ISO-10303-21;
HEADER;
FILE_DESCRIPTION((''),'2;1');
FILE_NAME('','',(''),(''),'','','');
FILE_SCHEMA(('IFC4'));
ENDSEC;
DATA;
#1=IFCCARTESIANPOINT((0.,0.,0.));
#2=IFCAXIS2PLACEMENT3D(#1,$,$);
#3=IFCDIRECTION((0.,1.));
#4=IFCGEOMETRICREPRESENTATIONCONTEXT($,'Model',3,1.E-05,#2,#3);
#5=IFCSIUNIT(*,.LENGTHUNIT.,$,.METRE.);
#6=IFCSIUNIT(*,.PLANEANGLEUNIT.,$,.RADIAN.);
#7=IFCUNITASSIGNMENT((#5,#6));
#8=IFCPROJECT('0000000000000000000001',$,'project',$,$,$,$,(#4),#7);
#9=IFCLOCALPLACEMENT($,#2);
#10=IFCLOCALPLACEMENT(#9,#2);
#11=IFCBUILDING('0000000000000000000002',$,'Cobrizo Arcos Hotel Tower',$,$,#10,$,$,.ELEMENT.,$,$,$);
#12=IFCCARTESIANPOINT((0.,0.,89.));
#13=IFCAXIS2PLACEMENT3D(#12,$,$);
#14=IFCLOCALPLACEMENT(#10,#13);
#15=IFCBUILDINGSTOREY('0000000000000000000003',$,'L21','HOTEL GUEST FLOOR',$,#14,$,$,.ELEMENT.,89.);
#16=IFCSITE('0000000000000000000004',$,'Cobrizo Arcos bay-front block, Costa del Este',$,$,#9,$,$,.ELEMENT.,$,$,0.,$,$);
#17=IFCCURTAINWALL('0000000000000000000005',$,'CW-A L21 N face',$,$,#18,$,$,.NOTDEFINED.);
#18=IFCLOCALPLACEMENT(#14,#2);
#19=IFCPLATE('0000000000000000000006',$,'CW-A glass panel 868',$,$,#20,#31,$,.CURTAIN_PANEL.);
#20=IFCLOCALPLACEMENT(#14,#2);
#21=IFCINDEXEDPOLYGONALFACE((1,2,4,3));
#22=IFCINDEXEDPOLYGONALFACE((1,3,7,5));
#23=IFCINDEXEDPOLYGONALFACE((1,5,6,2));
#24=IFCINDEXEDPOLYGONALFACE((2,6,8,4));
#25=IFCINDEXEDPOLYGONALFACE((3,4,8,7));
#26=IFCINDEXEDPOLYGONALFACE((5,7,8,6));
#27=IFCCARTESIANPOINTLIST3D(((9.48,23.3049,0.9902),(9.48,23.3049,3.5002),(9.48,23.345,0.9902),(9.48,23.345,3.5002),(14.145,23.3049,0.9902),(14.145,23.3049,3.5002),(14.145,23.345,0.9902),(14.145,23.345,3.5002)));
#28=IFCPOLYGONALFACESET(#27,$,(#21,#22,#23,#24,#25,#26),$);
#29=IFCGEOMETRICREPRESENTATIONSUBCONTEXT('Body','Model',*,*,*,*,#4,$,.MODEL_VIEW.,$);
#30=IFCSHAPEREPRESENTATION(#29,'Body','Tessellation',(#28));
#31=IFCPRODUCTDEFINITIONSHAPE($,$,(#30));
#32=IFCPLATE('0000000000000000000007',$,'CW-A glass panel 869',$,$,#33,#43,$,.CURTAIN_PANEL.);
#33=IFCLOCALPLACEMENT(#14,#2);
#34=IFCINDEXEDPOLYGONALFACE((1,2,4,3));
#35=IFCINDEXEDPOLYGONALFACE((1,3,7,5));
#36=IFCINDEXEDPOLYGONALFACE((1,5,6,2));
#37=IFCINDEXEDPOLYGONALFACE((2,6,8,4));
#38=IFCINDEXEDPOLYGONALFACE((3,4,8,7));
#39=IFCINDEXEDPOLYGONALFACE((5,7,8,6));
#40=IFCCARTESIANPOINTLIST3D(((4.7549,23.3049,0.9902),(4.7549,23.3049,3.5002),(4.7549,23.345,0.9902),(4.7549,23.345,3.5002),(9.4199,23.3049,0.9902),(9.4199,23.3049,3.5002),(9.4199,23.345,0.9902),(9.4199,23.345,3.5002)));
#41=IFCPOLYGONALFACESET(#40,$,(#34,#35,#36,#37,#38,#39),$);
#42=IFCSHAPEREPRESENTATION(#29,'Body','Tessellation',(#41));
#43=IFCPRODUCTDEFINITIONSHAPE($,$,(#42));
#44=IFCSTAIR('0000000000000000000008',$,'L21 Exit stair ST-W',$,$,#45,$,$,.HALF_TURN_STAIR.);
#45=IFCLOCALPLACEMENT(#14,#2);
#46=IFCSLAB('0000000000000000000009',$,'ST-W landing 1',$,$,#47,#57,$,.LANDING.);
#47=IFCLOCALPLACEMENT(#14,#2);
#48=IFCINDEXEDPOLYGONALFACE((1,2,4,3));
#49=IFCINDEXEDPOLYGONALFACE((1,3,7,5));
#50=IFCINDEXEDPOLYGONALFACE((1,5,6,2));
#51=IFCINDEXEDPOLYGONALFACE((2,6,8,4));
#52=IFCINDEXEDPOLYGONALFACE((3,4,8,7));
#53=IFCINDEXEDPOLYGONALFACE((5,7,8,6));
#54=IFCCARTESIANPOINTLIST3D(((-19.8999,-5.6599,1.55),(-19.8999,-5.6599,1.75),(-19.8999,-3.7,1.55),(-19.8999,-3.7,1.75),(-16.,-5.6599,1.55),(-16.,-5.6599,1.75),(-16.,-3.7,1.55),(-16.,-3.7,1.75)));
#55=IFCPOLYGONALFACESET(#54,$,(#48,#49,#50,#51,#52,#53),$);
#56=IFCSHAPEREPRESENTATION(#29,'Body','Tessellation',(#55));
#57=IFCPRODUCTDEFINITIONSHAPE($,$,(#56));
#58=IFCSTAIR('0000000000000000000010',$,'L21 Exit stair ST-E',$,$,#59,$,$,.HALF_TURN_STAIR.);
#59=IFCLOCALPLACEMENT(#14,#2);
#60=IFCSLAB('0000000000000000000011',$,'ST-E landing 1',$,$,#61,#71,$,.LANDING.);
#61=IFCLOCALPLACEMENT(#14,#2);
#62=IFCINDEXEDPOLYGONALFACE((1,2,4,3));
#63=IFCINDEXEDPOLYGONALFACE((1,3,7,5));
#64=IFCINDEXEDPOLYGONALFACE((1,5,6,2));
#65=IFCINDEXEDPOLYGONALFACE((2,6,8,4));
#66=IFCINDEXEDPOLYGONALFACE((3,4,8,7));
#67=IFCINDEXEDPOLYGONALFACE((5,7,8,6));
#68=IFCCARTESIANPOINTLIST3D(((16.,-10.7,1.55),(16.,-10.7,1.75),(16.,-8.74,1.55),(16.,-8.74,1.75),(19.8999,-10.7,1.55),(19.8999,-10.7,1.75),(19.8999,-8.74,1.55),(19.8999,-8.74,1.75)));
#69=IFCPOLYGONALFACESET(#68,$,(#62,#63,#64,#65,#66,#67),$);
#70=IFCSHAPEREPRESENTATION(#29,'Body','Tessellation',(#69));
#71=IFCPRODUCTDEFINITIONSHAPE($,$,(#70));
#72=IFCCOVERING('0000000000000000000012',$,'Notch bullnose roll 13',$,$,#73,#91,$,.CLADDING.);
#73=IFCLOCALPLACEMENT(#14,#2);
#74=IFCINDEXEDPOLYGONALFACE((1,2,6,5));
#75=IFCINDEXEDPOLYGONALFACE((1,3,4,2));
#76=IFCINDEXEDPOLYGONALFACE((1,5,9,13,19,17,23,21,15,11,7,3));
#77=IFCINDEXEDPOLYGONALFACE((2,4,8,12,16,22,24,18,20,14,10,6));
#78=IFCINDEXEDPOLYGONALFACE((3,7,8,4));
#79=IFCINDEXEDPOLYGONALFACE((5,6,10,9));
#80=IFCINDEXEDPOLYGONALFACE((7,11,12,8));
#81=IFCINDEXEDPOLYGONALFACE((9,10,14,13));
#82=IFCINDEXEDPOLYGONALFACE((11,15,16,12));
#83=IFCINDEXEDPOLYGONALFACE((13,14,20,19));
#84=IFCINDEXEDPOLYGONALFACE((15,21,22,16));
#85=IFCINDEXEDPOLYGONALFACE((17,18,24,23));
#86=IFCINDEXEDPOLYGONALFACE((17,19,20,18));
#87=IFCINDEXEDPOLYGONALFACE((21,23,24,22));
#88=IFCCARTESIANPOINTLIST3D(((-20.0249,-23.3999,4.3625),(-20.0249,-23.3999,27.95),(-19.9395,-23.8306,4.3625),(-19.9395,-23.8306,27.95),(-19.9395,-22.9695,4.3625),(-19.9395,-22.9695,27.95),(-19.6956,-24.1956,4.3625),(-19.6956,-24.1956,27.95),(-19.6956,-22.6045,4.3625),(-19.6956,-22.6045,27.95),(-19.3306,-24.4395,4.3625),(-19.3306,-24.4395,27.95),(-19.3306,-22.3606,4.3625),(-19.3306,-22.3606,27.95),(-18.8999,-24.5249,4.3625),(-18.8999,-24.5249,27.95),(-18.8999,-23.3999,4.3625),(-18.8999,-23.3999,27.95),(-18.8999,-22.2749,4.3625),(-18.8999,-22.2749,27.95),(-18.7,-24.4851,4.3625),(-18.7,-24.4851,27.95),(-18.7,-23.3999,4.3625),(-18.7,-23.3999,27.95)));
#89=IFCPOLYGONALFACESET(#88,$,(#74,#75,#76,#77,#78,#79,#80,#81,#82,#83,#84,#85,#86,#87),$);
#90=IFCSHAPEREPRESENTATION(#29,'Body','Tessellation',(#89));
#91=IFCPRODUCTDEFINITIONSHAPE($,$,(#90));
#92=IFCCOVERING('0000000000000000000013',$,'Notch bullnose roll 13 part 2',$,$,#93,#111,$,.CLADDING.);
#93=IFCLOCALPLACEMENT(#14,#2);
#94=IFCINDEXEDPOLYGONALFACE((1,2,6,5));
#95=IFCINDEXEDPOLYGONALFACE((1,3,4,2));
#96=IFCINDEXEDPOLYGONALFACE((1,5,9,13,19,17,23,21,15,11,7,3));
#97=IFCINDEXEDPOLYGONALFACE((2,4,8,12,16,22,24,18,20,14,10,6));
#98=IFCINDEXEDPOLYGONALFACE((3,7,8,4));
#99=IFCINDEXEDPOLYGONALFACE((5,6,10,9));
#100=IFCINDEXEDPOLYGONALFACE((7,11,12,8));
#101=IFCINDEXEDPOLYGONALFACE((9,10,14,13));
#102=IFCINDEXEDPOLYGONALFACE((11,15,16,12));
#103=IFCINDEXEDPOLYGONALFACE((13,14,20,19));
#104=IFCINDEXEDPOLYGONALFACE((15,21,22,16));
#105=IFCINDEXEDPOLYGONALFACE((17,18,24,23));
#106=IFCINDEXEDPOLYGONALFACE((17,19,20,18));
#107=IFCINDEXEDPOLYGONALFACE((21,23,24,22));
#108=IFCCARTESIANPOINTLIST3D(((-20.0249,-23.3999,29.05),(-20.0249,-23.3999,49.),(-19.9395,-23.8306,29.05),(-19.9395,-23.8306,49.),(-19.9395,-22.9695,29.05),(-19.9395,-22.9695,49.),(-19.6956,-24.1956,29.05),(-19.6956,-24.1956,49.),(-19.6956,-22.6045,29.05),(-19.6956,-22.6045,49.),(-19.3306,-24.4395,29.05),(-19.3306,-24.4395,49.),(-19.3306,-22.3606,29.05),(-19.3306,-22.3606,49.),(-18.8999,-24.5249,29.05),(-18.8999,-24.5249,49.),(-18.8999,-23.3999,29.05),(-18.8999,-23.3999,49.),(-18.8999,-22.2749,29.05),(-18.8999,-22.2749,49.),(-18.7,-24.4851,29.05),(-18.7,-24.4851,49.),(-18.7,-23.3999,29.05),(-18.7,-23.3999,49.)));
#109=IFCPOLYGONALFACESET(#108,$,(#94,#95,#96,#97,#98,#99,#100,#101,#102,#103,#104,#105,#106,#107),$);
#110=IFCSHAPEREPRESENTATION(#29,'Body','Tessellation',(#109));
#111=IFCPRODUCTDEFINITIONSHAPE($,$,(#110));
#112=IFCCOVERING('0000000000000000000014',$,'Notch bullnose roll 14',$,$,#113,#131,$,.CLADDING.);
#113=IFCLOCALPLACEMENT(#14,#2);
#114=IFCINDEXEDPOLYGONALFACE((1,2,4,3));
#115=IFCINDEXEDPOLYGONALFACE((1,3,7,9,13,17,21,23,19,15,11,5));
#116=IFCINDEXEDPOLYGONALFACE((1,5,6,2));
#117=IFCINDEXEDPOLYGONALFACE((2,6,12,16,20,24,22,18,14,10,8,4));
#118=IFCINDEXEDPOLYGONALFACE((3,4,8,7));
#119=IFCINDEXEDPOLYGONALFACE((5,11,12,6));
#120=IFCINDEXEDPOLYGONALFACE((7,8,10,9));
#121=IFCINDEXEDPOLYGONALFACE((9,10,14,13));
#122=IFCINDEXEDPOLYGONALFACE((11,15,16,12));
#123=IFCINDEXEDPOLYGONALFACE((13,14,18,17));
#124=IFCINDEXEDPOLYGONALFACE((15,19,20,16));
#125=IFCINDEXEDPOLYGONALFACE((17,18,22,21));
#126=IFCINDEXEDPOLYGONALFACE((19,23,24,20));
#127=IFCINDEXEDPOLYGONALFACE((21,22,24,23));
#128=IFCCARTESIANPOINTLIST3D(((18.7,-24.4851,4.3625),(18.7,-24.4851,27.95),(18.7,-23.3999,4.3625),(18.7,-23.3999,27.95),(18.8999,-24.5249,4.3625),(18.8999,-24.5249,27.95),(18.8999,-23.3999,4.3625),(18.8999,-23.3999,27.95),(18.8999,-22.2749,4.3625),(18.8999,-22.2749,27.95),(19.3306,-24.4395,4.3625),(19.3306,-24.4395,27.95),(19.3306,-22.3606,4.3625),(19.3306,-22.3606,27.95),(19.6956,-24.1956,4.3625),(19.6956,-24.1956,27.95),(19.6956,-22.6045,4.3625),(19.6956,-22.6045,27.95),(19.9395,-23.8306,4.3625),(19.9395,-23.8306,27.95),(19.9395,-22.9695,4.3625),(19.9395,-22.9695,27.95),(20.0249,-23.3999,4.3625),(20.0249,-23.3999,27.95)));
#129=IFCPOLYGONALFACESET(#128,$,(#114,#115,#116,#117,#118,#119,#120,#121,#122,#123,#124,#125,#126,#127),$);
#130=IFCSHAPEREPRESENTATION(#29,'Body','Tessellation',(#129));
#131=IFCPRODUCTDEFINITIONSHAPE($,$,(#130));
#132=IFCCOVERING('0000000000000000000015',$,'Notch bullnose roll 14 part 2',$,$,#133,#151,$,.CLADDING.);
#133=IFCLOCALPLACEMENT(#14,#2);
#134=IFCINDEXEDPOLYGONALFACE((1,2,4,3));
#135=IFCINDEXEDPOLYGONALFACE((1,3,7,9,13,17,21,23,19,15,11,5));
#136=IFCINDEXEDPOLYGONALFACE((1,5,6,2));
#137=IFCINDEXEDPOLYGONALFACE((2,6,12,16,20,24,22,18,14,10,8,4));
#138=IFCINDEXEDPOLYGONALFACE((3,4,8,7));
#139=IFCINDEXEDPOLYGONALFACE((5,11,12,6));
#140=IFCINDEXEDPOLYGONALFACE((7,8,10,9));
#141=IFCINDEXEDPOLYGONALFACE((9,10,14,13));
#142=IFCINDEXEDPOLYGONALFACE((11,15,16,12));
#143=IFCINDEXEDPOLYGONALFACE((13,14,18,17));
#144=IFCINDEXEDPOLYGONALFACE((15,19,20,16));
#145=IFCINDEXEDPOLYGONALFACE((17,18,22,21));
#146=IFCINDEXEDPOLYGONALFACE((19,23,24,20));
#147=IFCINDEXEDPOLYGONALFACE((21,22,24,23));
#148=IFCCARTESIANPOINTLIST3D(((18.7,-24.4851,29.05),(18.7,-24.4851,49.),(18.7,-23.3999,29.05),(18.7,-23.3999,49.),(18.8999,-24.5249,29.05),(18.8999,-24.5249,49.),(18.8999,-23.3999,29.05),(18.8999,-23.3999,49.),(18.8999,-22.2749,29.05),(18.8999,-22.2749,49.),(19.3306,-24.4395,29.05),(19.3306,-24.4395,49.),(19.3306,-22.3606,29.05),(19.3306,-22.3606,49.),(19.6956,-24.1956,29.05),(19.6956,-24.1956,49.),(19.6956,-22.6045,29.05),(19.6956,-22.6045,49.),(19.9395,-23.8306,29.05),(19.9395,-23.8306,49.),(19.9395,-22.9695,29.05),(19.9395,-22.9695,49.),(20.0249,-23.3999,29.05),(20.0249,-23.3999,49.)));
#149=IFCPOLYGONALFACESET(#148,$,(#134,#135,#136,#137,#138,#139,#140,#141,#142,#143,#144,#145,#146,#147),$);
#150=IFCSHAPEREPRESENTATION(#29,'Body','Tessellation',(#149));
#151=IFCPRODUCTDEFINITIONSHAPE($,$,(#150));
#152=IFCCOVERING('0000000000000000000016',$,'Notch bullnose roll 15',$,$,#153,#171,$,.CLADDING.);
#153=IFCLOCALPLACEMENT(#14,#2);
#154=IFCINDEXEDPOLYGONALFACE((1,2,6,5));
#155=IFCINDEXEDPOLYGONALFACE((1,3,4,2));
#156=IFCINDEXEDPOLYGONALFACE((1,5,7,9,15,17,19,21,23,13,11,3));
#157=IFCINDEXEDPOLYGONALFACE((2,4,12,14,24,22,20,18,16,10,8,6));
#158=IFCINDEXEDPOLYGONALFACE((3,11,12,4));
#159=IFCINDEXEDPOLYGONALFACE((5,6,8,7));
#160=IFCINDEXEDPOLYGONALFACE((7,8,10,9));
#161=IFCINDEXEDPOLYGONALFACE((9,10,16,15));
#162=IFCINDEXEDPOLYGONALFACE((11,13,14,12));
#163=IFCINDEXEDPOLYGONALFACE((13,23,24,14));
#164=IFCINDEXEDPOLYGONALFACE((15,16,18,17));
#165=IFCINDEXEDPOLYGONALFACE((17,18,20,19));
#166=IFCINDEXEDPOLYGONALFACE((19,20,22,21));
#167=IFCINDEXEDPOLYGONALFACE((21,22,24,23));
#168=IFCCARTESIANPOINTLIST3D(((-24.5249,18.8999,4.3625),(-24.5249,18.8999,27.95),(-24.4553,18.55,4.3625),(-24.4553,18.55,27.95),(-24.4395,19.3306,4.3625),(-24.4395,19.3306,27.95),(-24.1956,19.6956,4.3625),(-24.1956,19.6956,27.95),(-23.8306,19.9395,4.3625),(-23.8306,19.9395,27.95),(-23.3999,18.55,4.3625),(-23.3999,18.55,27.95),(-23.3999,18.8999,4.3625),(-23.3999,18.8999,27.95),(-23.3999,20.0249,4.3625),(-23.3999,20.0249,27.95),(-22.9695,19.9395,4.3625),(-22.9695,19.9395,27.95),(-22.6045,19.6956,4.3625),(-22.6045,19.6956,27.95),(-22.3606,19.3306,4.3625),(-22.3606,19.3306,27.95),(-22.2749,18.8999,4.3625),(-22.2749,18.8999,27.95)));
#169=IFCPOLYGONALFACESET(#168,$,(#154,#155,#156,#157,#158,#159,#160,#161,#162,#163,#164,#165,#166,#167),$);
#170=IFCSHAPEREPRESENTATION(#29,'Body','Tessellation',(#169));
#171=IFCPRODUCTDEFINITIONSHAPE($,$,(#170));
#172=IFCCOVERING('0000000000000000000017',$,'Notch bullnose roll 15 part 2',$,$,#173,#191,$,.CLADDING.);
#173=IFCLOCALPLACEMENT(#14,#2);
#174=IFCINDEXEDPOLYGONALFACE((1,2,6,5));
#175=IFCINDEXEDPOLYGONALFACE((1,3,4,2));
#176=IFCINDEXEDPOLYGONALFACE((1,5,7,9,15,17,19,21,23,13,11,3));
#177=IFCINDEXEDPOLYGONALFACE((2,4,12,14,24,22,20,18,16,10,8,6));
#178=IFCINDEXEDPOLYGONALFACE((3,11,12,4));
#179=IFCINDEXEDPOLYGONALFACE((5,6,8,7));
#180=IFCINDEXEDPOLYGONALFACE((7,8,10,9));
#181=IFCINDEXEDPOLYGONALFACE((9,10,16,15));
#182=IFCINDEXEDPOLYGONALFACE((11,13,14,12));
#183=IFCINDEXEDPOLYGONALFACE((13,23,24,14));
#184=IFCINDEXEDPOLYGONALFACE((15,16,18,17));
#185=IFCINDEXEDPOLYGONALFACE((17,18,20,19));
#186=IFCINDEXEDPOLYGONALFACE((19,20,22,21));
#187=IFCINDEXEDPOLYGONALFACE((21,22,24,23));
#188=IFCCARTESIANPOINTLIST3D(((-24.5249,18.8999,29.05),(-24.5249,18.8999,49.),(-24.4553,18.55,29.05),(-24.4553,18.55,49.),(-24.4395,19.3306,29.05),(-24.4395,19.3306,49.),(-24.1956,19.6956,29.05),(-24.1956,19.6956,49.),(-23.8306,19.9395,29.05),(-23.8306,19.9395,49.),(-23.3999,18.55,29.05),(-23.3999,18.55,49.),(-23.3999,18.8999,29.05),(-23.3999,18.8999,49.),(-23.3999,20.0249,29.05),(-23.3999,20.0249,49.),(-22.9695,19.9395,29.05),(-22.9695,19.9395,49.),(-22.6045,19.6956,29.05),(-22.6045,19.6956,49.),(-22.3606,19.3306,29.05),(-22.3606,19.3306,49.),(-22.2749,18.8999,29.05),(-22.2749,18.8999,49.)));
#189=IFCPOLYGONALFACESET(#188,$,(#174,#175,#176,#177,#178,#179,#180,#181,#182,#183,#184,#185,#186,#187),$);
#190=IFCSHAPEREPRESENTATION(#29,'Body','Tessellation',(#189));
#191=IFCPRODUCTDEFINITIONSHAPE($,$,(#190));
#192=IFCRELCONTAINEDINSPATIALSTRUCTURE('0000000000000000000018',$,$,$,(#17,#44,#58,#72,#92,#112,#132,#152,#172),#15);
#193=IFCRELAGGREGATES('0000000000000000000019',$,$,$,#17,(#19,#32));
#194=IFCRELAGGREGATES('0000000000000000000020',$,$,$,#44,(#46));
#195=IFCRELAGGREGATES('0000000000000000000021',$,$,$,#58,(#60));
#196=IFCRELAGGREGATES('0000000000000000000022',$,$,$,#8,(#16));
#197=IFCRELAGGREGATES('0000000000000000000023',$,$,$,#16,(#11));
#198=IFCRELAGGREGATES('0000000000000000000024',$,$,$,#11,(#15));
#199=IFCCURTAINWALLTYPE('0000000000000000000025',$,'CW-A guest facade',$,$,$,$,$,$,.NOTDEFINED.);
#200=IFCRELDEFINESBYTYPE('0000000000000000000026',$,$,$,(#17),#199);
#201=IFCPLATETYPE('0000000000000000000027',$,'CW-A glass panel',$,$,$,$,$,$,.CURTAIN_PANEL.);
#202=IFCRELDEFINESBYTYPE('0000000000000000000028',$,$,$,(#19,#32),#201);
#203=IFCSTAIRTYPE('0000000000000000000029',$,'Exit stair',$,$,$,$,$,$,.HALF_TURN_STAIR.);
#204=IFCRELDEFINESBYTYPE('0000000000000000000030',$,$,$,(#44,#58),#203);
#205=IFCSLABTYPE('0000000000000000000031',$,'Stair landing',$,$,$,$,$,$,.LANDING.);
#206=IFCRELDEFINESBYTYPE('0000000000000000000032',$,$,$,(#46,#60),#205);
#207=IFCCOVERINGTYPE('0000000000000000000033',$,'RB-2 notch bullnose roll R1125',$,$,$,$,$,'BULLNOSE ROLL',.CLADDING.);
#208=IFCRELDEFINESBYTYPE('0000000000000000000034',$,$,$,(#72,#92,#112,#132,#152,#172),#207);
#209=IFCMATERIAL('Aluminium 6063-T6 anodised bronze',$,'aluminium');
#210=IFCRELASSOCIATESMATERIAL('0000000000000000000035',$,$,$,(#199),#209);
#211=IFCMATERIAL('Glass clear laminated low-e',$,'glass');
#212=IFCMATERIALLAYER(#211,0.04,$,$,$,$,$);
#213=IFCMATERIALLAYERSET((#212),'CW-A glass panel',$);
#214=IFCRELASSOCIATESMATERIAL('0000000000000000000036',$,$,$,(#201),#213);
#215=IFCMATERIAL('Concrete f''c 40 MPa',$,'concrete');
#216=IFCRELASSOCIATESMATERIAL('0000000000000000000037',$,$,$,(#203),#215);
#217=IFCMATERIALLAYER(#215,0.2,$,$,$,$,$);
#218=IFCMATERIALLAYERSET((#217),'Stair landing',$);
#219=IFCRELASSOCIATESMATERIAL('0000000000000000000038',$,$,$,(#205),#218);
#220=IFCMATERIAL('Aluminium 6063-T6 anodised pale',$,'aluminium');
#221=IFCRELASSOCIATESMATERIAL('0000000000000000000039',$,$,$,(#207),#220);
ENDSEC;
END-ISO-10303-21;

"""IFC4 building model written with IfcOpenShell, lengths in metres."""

from ifc_helpers import new_model, si_unit, direction, frame, origin, origin_2d, place, context, subcontext, project, spatial, polyline, rectangle, outline, extrude, material, layer, layer_set, type_object, element, aggregate, save


model = new_model("IFC4")

# Units and contexts
model_context = context("Model", 3, precision=1e-05, world=origin(), true_north=direction((0.0, 1.0)))
body_context = subcontext(model_context, "Body", "Model", "MODEL_VIEW")
ifc_project = project(units=[si_unit("LENGTHUNIT", "METRE"), si_unit("PLANEANGLEUNIT", "RADIAN")], contexts=[model_context])

# Site, building, storey
site_placement = place(None, origin())
site = spatial("IfcSite", under=ifc_project, at=site_placement, Name="Cobrizo Arcos bay-front block, Costa del Este", CompositionType="ELEMENT", RefElevation=0.0)
building_placement = place(site_placement, origin())
building = spatial("IfcBuilding", under=site, at=building_placement, Name="Cobrizo Arcos Hotel Tower", CompositionType="ELEMENT")
storey_placement = place(building_placement, frame((0.0, 0.0, 89.0)))
storey = spatial("IfcBuildingStorey", under=building, at=storey_placement, Name="L21", Description="HOTEL GUEST FLOOR", CompositionType="ELEMENT", Elevation=89.0)

# Shared definitions
ifc_material_1 = material(Name="Aluminium 6063-T6 anodised bronze", Category="aluminium")
curtain_wall_type = type_object("IfcCurtainWallType", Name="CW-A guest facade", PredefinedType="NOTDEFINED", material=ifc_material_1)

# Curtain wall
curtain_wall_1_placement = place(storey_placement, origin())
curtain_wall_1 = element("IfcCurtainWall", 1, at=curtain_wall_1_placement, inside=storey, type_object=curtain_wall_type, Name="CW-A L21 N face", PredefinedType="NOTDEFINED")

# Plates
ifc_material_2 = material(Name="Glass clear laminated low-e", Category="glass")
ifc_layer_1 = layer(ifc_material_2, 0.04)
ifc_layer_set_1 = layer_set([ifc_layer_1], Name="CW-A glass panel")
plate_type = type_object("IfcPlateType", Name="CW-A glass panel", PredefinedType="CURTAIN_PANEL", material=ifc_layer_set_1)
plate_1_placement = place(storey_placement, frame((11.8125, 23.325, 0.9902), z_axis=(0.0, 0.0, 1.0), x_axis=(-1.0, 0.0, 0.0)))
plate_1 = element("IfcPlate", 2, at=plate_1_placement, type_object=plate_type, Name="CW-A glass panel 868", PredefinedType="CURTAIN_PANEL", context=body_context, shape_type="SweptSolid", body=[
    extrude(rectangle(XDim=4.665, YDim=0.04, at=origin_2d()), origin(), (0.0, 0.0, 1.0), 2.51),
])
plate_2_placement = place(storey_placement, frame((7.0874, 23.325, 0.9902), z_axis=(0.0, 0.0, 1.0), x_axis=(-1.0, 0.0, 0.0)))
plate_2 = element("IfcPlate", 3, at=plate_2_placement, type_object=plate_type, Name="CW-A glass panel 869", PredefinedType="CURTAIN_PANEL", context=body_context, shape_type="SweptSolid", body=[
    extrude(rectangle(XDim=4.665, YDim=0.04, at=origin_2d()), origin(), (0.0, 0.0, 1.0), 2.51),
])
aggregate(curtain_wall_1, [plate_1, plate_2])

# Stairs, slabs
ifc_material_3 = material(Name="Concrete f'c 40 MPa", Category="concrete")
stair_type = type_object("IfcStairType", Name="Exit stair", PredefinedType="HALF_TURN_STAIR", material=ifc_material_3)
stair_1_placement = place(storey_placement, origin())
stair_1 = element("IfcStair", 4, at=stair_1_placement, inside=storey, type_object=stair_type, Name="L21 Exit stair ST-W", PredefinedType="HALF_TURN_STAIR")
ifc_layer_2 = layer(ifc_material_3, 0.2)
ifc_layer_set_2 = layer_set([ifc_layer_2], Name="Stair landing")
slab_type = type_object("IfcSlabType", Name="Stair landing", PredefinedType="LANDING", material=ifc_layer_set_2)
slab_1_placement = place(storey_placement, frame((0.0, 0.0, 1.55)))
slab_1 = element("IfcSlab", 5, at=slab_1_placement, type_object=slab_type, Name="ST-W landing 1", PredefinedType="LANDING", context=body_context, shape_type="SweptSolid", body=[
    extrude(outline(polyline([(-16.0, -5.6599), (-16.0, -3.7), (-19.8999, -3.7), (-19.8999, -5.6599), (-16.0, -5.6599)])), origin(), (0.0, 0.0, 1.0), 0.2),
])
aggregate(stair_1, [slab_1])
stair_2_placement = place(storey_placement, origin())
stair_2 = element("IfcStair", 6, at=stair_2_placement, inside=storey, type_object=stair_type, Name="L21 Exit stair ST-E", PredefinedType="HALF_TURN_STAIR")
slab_2_placement = place(storey_placement, frame((0.0, 0.0, 1.55)))
slab_2 = element("IfcSlab", 7, at=slab_2_placement, type_object=slab_type, Name="ST-E landing 1", PredefinedType="LANDING", context=body_context, shape_type="SweptSolid", body=[
    extrude(outline(polyline([(16.0, -8.74), (16.0, -10.7), (19.8999, -10.7), (19.8999, -8.74), (16.0, -8.74)])), origin(), (0.0, 0.0, 1.0), 0.2),
])
aggregate(stair_2, [slab_2])

# Coverings
ifc_material_4 = material(Name="Aluminium 6063-T6 anodised pale", Category="aluminium")
covering_type = type_object("IfcCoveringType", Name="RB-2 notch bullnose roll R1125", ElementType="BULLNOSE ROLL", PredefinedType="CLADDING", material=ifc_material_4)
covering_1_placement = place(storey_placement, frame((0.0, 0.0, 4.3625)))
element("IfcCovering", 8, at=covering_1_placement, inside=storey, type_object=covering_type, Name="Notch bullnose roll 13", PredefinedType="CLADDING", context=body_context, shape_type="SweptSolid", body=[
    extrude(outline(polyline([(-19.6956, -22.6045), (-19.9395, -22.9695), (-20.0249, -23.3999), (-19.9395, -23.8306), (-19.6956, -24.1956), (-19.3306, -24.4395), (-18.8999, -24.5249), (-18.7, -24.4851), (-18.7, -23.3999), (-18.8999, -23.3999), (-18.8999, -22.2749), (-19.3306, -22.3606), (-19.6956, -22.6045)])), origin(), (0.0, 0.0, 1.0), 23.5874),
])
covering_2_placement = place(storey_placement, frame((0.0, 0.0, 29.05)))
element("IfcCovering", 9, at=covering_2_placement, inside=storey, type_object=covering_type, Name="Notch bullnose roll 13 part 2", PredefinedType="CLADDING", context=body_context, shape_type="SweptSolid", body=[
    extrude(outline(polyline([(-19.6956, -22.6045), (-19.9395, -22.9695), (-20.0249, -23.3999), (-19.9395, -23.8306), (-19.6956, -24.1956), (-19.3306, -24.4395), (-18.8999, -24.5249), (-18.7, -24.4851), (-18.7, -23.3999), (-18.8999, -23.3999), (-18.8999, -22.2749), (-19.3306, -22.3606), (-19.6956, -22.6045)])), origin(), (0.0, 0.0, 1.0), 19.95),
])
covering_3_placement = place(storey_placement, frame((0.0, 0.0, 4.3625)))
element("IfcCovering", 10, at=covering_3_placement, inside=storey, type_object=covering_type, Name="Notch bullnose roll 14", PredefinedType="CLADDING", context=body_context, shape_type="SweptSolid", body=[
    extrude(outline(polyline([(19.6956, -22.6045), (19.3306, -22.3606), (18.8999, -22.2749), (18.8999, -23.3999), (18.7, -23.3999), (18.7, -24.4851), (18.8999, -24.5249), (19.3306, -24.4395), (19.6956, -24.1956), (19.9395, -23.8306), (20.0249, -23.3999), (19.9395, -22.9695), (19.6956, -22.6045)])), origin(), (0.0, 0.0, 1.0), 23.5874),
])
covering_4_placement = place(storey_placement, frame((0.0, 0.0, 29.05)))
element("IfcCovering", 11, at=covering_4_placement, inside=storey, type_object=covering_type, Name="Notch bullnose roll 14 part 2", PredefinedType="CLADDING", context=body_context, shape_type="SweptSolid", body=[
    extrude(outline(polyline([(19.6956, -22.6045), (19.3306, -22.3606), (18.8999, -22.2749), (18.8999, -23.3999), (18.7, -23.3999), (18.7, -24.4851), (18.8999, -24.5249), (19.3306, -24.4395), (19.6956, -24.1956), (19.9395, -23.8306), (20.0249, -23.3999), (19.9395, -22.9695), (19.6956, -22.6045)])), origin(), (0.0, 0.0, 1.0), 19.95),
])
covering_5_placement = place(storey_placement, frame((0.0, 0.0, 4.3625)))
element("IfcCovering", 12, at=covering_5_placement, inside=storey, type_object=covering_type, Name="Notch bullnose roll 15", PredefinedType="CLADDING", context=body_context, shape_type="SweptSolid", body=[
    extrude(outline(polyline([(-22.6045, 19.6956), (-22.9695, 19.9395), (-23.3999, 20.0249), (-23.8306, 19.9395), (-24.1956, 19.6956), (-24.4395, 19.3306), (-24.5249, 18.8999), (-24.4553, 18.55), (-23.3999, 18.55), (-23.3999, 18.8999), (-22.2749, 18.8999), (-22.3606, 19.3306), (-22.6045, 19.6956)])), origin(), (0.0, 0.0, 1.0), 23.5874),
])
covering_6_placement = place(storey_placement, frame((0.0, 0.0, 29.05)))
element("IfcCovering", 13, at=covering_6_placement, inside=storey, type_object=covering_type, Name="Notch bullnose roll 15 part 2", PredefinedType="CLADDING", context=body_context, shape_type="SweptSolid", body=[
    extrude(outline(polyline([(-22.6045, 19.6956), (-22.9695, 19.9395), (-23.3999, 20.0249), (-23.8306, 19.9395), (-24.1956, 19.6956), (-24.4395, 19.3306), (-24.5249, 18.8999), (-24.4553, 18.55), (-23.3999, 18.55), (-23.3999, 18.8999), (-22.2749, 18.8999), (-22.3606, 19.3306), (-22.6045, 19.6956)])), origin(), (0.0, 0.0, 1.0), 19.95),
])

save(model, "model.ifc")
